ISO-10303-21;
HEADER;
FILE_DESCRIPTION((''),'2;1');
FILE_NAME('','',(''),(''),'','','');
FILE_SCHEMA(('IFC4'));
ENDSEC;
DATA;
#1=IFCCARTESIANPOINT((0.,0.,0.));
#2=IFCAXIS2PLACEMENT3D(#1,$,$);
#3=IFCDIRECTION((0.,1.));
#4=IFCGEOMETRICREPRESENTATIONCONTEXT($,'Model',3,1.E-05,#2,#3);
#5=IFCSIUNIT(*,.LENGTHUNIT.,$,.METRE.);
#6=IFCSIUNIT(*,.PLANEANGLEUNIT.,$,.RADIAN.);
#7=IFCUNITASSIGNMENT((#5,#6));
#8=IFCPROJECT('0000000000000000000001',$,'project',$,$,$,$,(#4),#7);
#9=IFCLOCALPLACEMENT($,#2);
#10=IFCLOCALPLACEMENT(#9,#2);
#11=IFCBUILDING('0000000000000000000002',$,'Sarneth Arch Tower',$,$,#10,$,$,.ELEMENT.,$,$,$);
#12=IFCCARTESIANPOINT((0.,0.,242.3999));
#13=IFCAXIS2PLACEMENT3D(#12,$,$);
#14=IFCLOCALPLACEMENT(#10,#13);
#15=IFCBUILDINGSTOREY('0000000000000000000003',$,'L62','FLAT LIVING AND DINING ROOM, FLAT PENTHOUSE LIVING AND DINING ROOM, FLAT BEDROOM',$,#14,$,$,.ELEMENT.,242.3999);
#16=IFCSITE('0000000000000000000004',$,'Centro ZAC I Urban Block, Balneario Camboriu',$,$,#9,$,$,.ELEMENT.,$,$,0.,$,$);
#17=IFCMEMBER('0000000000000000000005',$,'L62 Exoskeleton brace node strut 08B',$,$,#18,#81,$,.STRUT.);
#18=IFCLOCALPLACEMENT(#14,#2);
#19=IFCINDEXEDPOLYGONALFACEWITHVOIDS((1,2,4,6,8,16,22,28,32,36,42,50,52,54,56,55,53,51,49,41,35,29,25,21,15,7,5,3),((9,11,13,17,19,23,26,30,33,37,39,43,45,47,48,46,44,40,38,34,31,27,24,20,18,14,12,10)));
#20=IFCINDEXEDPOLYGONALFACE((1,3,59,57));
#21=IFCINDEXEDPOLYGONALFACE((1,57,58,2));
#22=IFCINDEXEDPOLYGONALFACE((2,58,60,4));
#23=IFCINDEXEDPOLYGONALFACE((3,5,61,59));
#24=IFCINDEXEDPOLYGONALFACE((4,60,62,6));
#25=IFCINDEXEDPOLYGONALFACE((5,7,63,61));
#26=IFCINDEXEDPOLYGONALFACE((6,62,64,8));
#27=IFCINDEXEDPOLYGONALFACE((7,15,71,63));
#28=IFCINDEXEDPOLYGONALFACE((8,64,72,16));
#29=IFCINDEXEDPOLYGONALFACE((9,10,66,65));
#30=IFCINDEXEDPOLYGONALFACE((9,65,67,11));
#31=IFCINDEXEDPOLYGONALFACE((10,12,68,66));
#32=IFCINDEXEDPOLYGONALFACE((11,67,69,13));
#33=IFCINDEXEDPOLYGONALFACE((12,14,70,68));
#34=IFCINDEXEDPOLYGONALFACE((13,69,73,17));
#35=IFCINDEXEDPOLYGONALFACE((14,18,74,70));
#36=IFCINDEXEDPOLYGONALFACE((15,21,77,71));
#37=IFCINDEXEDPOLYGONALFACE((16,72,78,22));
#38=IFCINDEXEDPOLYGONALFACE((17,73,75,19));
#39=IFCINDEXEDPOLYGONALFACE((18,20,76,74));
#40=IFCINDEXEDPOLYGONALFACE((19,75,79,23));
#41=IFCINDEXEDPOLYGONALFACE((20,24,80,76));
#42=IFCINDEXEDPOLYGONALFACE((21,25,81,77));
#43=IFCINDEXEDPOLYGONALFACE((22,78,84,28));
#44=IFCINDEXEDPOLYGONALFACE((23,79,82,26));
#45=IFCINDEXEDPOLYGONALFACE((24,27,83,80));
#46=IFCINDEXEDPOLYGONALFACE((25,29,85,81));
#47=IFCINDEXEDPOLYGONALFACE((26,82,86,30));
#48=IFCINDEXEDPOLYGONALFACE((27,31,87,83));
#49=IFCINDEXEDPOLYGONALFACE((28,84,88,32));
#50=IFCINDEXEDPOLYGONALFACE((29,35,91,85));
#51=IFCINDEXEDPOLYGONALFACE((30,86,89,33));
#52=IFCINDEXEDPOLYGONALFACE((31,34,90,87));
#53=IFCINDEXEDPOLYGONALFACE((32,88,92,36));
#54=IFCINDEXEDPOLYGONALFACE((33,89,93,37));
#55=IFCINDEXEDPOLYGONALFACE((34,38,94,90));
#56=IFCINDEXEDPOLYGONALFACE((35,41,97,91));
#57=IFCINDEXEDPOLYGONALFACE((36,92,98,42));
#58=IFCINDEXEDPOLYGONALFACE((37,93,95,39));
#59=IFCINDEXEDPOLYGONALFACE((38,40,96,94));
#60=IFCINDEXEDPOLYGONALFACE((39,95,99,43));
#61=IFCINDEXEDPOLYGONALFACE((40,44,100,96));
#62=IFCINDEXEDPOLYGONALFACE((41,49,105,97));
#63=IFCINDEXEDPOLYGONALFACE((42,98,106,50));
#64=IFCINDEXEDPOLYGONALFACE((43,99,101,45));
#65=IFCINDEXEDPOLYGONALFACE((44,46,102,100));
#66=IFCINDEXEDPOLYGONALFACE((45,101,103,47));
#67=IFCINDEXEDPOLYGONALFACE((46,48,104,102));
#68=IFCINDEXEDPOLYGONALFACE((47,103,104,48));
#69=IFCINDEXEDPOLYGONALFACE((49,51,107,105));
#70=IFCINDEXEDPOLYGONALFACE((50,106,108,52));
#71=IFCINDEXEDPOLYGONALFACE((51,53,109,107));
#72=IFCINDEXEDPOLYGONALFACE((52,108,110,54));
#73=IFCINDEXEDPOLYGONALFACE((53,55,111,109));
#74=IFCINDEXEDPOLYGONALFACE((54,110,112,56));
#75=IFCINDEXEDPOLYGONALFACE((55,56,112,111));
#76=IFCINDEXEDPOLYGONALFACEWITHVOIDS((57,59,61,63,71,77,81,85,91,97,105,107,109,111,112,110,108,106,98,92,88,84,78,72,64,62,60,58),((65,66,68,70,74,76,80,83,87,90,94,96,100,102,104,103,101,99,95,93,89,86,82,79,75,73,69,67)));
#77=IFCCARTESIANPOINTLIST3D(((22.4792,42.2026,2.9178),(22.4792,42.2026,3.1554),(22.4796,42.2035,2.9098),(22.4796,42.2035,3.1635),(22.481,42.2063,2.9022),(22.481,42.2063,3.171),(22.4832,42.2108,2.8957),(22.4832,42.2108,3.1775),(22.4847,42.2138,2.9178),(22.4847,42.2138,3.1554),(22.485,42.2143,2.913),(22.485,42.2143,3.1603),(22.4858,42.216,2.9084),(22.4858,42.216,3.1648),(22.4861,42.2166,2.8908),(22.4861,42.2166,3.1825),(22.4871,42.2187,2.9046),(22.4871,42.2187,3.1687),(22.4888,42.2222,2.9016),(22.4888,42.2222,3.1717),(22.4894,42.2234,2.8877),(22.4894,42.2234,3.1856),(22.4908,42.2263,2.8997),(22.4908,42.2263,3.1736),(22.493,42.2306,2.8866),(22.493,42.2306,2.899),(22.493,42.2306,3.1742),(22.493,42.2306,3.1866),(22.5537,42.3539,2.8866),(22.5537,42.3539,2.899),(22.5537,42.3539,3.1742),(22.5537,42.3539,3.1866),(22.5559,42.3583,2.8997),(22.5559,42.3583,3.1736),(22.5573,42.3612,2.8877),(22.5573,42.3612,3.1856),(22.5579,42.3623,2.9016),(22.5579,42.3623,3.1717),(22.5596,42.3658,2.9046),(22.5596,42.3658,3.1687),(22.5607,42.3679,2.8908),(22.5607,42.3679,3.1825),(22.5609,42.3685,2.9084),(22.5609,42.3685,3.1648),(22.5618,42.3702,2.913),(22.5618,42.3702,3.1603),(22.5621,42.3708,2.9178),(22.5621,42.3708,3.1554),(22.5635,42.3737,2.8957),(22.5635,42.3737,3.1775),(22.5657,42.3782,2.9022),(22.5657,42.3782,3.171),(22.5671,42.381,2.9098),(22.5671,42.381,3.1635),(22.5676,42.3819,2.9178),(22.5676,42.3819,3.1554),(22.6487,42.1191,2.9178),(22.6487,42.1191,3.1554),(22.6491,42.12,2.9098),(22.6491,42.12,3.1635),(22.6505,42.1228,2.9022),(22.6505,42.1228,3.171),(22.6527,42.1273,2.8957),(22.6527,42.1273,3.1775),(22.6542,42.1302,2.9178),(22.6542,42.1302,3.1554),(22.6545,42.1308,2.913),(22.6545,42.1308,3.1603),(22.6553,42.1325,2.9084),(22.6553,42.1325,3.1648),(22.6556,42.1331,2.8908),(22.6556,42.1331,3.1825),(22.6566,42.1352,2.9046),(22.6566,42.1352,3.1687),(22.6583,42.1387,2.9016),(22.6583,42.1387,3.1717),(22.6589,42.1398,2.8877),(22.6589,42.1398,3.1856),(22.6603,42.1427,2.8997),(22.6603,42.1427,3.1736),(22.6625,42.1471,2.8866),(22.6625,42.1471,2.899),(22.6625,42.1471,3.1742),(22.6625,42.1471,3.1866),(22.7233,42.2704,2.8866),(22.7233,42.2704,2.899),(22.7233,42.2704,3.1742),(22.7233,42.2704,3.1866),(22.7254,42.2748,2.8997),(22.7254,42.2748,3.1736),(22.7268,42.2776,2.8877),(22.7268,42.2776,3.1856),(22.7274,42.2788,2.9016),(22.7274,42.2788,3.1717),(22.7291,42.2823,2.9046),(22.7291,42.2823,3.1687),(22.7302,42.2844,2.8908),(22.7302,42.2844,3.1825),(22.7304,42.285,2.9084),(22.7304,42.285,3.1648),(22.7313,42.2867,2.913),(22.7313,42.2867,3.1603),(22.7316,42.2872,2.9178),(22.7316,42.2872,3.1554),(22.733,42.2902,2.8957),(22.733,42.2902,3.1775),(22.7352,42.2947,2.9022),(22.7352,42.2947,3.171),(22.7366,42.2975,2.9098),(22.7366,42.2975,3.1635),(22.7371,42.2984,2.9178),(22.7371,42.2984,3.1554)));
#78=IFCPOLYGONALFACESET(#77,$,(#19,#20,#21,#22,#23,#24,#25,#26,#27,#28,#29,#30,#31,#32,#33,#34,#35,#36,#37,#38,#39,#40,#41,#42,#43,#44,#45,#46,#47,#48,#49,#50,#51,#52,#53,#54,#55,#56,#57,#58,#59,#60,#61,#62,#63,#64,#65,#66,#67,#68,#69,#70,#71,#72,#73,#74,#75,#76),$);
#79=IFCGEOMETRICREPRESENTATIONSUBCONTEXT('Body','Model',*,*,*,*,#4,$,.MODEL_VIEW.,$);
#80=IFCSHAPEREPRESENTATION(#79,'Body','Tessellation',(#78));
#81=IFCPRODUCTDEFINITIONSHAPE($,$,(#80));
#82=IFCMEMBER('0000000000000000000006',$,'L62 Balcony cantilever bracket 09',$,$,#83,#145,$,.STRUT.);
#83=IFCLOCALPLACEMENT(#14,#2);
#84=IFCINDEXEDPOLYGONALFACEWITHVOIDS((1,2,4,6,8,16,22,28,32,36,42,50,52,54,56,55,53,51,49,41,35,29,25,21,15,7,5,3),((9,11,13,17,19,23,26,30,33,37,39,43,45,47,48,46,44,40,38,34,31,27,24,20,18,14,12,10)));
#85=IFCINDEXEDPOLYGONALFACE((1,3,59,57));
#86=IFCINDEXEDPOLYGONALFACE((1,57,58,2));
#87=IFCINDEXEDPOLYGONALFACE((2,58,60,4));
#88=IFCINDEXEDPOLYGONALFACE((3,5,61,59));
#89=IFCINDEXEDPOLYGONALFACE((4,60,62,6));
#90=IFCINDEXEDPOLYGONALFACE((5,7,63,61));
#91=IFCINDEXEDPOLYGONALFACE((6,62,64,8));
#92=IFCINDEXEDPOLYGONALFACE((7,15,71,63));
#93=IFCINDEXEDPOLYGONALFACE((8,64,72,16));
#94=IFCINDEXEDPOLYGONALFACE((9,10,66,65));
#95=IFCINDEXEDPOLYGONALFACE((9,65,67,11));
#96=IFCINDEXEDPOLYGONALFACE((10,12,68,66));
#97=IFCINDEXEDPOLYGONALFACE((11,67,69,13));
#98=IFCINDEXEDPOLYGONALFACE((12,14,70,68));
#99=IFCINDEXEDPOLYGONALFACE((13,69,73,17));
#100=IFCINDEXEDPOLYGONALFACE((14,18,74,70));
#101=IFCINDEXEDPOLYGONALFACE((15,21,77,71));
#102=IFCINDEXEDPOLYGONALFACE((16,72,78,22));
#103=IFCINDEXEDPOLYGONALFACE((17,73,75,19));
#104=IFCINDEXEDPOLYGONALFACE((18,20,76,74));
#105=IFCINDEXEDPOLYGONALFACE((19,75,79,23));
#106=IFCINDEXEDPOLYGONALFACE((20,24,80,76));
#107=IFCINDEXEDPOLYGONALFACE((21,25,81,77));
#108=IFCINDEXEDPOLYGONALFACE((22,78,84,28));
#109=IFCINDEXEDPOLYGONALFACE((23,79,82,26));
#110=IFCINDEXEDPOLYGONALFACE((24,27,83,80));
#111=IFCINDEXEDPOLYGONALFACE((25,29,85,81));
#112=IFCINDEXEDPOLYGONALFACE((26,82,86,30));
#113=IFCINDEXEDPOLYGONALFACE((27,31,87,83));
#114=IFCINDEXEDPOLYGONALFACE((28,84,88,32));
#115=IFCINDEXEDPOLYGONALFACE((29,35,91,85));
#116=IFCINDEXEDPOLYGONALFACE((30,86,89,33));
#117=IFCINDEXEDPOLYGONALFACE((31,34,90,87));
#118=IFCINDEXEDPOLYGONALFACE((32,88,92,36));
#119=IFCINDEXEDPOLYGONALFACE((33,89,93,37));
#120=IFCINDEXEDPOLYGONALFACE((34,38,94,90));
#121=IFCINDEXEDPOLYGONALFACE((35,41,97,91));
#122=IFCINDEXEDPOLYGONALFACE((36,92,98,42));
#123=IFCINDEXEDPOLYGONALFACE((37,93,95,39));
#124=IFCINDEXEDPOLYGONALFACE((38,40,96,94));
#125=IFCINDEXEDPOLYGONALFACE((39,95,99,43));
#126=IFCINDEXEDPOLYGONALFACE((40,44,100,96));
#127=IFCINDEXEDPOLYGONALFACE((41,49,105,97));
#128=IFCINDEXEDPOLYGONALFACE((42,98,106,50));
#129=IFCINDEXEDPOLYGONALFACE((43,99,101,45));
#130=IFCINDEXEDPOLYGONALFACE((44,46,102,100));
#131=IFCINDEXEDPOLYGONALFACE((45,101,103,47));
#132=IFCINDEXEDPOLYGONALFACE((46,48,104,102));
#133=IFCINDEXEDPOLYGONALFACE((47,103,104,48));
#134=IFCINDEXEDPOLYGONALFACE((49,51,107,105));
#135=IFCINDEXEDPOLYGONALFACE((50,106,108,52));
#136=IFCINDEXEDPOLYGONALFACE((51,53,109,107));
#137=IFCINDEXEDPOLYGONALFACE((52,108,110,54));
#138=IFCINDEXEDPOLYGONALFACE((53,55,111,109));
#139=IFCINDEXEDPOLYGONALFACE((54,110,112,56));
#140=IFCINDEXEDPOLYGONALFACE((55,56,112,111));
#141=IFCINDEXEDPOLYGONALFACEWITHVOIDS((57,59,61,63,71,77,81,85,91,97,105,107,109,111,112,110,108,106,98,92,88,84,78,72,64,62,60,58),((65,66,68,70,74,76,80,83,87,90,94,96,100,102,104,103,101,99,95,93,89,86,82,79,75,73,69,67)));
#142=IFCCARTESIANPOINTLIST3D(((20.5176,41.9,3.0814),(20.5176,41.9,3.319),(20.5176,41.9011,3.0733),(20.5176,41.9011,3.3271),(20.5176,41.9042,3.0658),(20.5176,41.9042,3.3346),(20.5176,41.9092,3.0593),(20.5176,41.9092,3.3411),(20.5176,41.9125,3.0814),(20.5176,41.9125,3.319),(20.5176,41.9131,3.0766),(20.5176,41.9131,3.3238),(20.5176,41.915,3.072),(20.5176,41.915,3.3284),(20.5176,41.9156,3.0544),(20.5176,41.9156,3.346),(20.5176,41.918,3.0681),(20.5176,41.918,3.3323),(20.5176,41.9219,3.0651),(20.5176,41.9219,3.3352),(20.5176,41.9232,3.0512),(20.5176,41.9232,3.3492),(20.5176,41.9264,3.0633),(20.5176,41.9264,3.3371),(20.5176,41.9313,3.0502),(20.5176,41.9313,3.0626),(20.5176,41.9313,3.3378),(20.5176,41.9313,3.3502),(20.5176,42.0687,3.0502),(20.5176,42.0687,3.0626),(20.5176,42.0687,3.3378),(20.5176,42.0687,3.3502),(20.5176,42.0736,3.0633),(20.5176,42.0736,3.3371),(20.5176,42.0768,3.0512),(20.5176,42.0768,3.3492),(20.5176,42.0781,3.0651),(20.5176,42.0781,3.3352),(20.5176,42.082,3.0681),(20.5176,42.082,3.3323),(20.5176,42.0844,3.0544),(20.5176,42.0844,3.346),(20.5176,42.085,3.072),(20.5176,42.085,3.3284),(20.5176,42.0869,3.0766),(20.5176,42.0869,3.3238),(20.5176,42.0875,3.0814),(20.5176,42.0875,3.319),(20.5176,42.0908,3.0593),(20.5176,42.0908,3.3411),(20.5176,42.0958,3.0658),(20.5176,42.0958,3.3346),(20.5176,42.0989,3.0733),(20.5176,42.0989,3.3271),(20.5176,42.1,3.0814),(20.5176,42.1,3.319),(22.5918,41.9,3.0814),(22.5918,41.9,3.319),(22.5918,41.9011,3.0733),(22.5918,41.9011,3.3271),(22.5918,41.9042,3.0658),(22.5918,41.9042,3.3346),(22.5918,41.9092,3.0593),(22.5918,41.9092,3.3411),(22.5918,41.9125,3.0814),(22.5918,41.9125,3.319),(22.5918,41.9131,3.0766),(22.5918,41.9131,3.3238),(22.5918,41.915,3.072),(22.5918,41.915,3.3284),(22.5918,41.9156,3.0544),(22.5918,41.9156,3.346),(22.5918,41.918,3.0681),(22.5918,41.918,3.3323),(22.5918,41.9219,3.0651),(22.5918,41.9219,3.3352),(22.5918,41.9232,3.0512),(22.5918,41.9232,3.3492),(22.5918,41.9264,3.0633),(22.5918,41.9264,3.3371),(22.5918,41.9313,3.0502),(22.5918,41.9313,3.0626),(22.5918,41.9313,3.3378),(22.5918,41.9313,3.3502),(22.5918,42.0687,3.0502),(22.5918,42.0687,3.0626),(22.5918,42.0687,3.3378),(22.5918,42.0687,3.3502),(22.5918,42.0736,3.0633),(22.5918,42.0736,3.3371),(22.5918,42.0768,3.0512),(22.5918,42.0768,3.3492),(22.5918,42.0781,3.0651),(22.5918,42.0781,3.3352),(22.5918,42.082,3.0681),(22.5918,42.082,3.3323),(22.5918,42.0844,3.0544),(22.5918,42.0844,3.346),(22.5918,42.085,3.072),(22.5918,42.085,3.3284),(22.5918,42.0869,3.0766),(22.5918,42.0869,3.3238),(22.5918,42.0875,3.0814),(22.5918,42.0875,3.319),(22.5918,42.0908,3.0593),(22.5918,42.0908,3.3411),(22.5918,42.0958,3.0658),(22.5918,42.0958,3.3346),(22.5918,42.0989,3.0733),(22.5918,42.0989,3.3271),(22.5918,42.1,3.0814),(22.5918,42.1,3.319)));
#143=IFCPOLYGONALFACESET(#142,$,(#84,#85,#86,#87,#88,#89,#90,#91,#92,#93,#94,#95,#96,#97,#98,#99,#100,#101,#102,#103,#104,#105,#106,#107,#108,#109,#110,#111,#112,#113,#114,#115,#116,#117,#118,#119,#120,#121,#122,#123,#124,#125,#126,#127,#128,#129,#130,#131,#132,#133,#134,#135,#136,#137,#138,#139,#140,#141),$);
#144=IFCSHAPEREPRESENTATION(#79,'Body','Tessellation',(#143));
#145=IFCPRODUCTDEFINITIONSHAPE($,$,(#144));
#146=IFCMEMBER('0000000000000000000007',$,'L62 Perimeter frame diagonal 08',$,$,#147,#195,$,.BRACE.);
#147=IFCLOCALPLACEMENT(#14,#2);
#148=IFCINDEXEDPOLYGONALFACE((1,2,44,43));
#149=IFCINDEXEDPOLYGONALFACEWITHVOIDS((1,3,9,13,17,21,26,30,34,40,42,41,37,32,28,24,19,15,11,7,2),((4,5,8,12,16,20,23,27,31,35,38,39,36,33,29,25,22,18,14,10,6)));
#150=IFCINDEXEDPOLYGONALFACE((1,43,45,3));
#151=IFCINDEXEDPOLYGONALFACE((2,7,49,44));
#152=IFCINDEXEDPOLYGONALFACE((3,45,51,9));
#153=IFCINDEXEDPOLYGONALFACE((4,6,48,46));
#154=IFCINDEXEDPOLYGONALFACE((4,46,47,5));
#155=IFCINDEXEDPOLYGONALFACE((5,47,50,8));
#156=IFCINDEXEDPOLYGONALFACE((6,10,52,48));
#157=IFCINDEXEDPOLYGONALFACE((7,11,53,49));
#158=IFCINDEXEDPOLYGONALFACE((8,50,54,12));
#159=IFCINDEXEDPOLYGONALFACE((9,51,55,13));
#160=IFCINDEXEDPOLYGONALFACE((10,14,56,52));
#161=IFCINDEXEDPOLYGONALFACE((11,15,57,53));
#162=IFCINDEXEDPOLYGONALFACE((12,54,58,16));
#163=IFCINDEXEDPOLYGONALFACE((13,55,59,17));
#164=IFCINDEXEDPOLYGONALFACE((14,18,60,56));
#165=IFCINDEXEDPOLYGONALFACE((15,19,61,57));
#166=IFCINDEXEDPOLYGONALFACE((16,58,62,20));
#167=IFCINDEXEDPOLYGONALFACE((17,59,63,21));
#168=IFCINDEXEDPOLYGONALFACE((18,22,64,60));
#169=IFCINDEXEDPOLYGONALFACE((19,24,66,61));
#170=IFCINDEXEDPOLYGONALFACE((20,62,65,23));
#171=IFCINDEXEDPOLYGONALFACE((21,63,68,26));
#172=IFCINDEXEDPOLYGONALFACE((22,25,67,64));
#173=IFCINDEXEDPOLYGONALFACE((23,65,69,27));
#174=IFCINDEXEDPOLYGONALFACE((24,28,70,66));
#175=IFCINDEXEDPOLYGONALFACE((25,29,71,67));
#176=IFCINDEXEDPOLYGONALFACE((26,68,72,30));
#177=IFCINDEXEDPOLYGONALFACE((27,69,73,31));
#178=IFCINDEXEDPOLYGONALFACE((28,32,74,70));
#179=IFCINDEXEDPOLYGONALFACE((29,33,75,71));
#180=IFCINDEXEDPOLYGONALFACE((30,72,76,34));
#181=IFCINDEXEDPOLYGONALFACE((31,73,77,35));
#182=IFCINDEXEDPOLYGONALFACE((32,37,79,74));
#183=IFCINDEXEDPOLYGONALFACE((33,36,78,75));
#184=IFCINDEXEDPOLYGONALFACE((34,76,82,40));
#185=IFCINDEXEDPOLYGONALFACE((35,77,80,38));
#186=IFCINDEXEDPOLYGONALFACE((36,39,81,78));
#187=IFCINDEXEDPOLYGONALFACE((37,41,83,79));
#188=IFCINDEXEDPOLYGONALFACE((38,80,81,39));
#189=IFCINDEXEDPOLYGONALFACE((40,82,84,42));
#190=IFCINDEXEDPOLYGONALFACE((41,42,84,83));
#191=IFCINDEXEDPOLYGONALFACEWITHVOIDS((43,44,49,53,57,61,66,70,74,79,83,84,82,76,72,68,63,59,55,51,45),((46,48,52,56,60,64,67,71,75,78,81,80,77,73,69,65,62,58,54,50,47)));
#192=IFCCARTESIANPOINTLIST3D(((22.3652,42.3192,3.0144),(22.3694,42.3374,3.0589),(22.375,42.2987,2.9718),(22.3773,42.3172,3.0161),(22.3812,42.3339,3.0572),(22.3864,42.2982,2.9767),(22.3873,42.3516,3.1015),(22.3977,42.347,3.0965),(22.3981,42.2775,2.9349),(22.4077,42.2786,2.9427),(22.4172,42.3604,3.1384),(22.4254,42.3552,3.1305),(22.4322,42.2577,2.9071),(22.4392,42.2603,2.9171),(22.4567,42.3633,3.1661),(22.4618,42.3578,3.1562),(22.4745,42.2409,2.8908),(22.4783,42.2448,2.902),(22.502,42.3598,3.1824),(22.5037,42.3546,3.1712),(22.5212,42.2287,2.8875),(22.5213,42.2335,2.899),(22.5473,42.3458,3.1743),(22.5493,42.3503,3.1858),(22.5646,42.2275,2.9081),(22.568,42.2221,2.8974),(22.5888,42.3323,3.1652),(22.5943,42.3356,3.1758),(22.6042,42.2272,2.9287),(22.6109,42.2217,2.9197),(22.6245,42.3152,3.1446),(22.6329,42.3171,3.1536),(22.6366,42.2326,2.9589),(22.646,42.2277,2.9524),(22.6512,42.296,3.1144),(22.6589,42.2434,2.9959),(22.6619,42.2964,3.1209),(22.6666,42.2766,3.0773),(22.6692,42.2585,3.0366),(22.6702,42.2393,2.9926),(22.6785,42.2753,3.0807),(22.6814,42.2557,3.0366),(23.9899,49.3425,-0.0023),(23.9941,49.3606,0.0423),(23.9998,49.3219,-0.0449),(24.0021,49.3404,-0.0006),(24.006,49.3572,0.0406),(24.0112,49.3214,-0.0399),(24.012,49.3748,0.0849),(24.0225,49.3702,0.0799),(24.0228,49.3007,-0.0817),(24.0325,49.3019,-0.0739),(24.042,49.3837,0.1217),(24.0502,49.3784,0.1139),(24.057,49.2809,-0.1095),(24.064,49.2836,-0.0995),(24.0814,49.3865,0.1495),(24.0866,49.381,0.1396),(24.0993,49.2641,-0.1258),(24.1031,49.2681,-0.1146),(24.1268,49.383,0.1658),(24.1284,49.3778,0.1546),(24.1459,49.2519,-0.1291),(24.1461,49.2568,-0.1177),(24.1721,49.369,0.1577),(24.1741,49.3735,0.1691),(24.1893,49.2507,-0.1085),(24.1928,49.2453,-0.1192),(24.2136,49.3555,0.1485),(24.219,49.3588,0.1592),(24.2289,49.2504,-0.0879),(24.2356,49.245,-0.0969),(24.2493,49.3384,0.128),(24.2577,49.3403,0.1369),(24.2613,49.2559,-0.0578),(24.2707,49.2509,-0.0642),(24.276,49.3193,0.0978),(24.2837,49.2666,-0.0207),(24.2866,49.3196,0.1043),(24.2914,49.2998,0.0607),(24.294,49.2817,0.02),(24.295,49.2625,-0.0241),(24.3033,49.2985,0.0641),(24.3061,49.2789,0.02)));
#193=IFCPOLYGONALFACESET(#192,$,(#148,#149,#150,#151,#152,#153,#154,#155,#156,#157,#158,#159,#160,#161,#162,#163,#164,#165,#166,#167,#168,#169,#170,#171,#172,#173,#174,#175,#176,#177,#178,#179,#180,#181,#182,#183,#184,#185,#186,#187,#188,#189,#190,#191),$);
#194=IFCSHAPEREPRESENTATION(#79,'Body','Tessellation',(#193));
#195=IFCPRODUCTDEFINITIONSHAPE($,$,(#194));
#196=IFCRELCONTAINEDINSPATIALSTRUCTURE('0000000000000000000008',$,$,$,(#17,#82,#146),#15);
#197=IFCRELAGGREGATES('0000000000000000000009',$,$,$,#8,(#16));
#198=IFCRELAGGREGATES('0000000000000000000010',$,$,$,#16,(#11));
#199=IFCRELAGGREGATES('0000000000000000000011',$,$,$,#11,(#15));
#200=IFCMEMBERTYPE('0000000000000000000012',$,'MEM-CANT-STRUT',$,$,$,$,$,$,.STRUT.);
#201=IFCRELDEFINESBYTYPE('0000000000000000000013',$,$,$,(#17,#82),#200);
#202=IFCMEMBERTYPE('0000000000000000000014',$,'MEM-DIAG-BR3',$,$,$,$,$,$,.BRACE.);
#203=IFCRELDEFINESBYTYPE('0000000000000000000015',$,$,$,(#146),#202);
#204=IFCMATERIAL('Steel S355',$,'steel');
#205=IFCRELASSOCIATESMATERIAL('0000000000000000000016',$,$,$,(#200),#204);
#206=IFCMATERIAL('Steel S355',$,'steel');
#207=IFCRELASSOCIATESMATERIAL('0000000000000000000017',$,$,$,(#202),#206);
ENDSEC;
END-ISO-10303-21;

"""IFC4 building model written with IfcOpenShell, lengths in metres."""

from ifc_helpers import new_model, si_unit, direction, frame, origin, origin_2d, place, context, subcontext, project, spatial, hollow_rectangle, hollow_circle, extrude, material, material_profile, profile_set, type_object, element, save


model = new_model("IFC4")

# Units and contexts
model_context = context("Model", 3, precision=1e-05, world=origin(), true_north=direction((0.0, 1.0)))
body_context = subcontext(model_context, "Body", "Model", "MODEL_VIEW")
ifc_project = project(units=[si_unit("LENGTHUNIT", "METRE"), si_unit("PLANEANGLEUNIT", "RADIAN")], contexts=[model_context])

# Site, building, storey
site_placement = place(None, origin())
site = spatial("IfcSite", under=ifc_project, at=site_placement, Name="Centro ZAC I Urban Block, Balneario Camboriu", CompositionType="ELEMENT", RefElevation=0.0)
building_placement = place(site_placement, origin())
building = spatial("IfcBuilding", under=site, at=building_placement, Name="Sarneth Arch Tower", CompositionType="ELEMENT")
storey_placement = place(building_placement, frame((0.0, 0.0, 242.3999)))
storey = spatial("IfcBuildingStorey", under=building, at=storey_placement, Name="L62", Description="FLAT LIVING AND DINING ROOM, FLAT PENTHOUSE LIVING AND DINING ROOM, FLAT BEDROOM", CompositionType="ELEMENT", Elevation=242.3999)

# Members
ifc_material_1 = material(Name="Steel S355", Category="steel")
ifc_material_profile_1 = material_profile(ifc_material_1, hollow_rectangle(XDim=0.2, YDim=0.3, WallThickness=0.0125, InnerFilletRadius=0.0188, OuterFilletRadius=0.0312, at=origin_2d()), Name="RHS300x200x12.5")
ifc_profile_set_1 = profile_set([ifc_material_profile_1], Name="Steel S355")
member_type_1 = type_object("IfcMemberType", Name="MEM-CANT-STRUT", PredefinedType="STRUT", material=ifc_profile_set_1)
member_1_placement = place(storey_placement, frame((22.6929, 42.2087, 3.0366), z_axis=(-0.896997, 0.442036, 0.0), x_axis=(-0.442036, -0.896997, 0.0)))
element("IfcMember", 1, at=member_1_placement, inside=storey, type_object=member_type_1, Name="L62 Exoskeleton brace node strut 08B", PredefinedType="STRUT", context=body_context, shape_type="SweptSolid", body=[
    extrude(hollow_rectangle(XDim=0.2, YDim=0.3, WallThickness=0.0125, InnerFilletRadius=0.0188, OuterFilletRadius=0.0312, at=origin_2d()), origin(), (0.0, 0.0, 1.0), 0.189),
])
member_2_placement = place(storey_placement, frame((22.5918, 42.0, 3.2002), z_axis=(-1.0, 0.0, 0.0), x_axis=(0.0, -1.0, 0.0)))
element("IfcMember", 2, at=member_2_placement, inside=storey, type_object=member_type_1, Name="L62 Balcony cantilever bracket 09", PredefinedType="STRUT", context=body_context, shape_type="SweptSolid", body=[
    extrude(hollow_rectangle(XDim=0.2, YDim=0.3, WallThickness=0.0125, InnerFilletRadius=0.0188, OuterFilletRadius=0.0312, at=origin_2d()), origin(), (0.0, 0.0, 1.0), 2.0742),
])
ifc_material_2 = material(Name="Steel S355", Category="steel")
ifc_material_profile_2 = material_profile(ifc_material_2, hollow_circle(Radius=0.1621, WallThickness=0.0125, at=origin_2d()), Name="CHS324x12.5")
ifc_profile_set_2 = profile_set([ifc_material_profile_2], Name="Steel S355")
member_type_2 = type_object("IfcMemberType", Name="MEM-DIAG-BR3", PredefinedType="BRACE", material=ifc_profile_set_2)
member_3_placement = place(storey_placement, frame((24.1482, 49.3154, 0.02), z_axis=(-0.207918, -0.898749, 0.386031), x_axis=(0.974269, -0.225389, 0.0)))
element("IfcMember", 3, at=member_3_placement, inside=storey, type_object=member_type_2, Name="L62 Perimeter frame diagonal 08", PredefinedType="BRACE", context=body_context, shape_type="SweptSolid", body=[
    extrude(hollow_circle(Radius=0.1621, WallThickness=0.0125, at=origin_2d()), origin(), (0.0, 0.0, 1.0), 7.8145),
])

save(model, "model.ifc")
